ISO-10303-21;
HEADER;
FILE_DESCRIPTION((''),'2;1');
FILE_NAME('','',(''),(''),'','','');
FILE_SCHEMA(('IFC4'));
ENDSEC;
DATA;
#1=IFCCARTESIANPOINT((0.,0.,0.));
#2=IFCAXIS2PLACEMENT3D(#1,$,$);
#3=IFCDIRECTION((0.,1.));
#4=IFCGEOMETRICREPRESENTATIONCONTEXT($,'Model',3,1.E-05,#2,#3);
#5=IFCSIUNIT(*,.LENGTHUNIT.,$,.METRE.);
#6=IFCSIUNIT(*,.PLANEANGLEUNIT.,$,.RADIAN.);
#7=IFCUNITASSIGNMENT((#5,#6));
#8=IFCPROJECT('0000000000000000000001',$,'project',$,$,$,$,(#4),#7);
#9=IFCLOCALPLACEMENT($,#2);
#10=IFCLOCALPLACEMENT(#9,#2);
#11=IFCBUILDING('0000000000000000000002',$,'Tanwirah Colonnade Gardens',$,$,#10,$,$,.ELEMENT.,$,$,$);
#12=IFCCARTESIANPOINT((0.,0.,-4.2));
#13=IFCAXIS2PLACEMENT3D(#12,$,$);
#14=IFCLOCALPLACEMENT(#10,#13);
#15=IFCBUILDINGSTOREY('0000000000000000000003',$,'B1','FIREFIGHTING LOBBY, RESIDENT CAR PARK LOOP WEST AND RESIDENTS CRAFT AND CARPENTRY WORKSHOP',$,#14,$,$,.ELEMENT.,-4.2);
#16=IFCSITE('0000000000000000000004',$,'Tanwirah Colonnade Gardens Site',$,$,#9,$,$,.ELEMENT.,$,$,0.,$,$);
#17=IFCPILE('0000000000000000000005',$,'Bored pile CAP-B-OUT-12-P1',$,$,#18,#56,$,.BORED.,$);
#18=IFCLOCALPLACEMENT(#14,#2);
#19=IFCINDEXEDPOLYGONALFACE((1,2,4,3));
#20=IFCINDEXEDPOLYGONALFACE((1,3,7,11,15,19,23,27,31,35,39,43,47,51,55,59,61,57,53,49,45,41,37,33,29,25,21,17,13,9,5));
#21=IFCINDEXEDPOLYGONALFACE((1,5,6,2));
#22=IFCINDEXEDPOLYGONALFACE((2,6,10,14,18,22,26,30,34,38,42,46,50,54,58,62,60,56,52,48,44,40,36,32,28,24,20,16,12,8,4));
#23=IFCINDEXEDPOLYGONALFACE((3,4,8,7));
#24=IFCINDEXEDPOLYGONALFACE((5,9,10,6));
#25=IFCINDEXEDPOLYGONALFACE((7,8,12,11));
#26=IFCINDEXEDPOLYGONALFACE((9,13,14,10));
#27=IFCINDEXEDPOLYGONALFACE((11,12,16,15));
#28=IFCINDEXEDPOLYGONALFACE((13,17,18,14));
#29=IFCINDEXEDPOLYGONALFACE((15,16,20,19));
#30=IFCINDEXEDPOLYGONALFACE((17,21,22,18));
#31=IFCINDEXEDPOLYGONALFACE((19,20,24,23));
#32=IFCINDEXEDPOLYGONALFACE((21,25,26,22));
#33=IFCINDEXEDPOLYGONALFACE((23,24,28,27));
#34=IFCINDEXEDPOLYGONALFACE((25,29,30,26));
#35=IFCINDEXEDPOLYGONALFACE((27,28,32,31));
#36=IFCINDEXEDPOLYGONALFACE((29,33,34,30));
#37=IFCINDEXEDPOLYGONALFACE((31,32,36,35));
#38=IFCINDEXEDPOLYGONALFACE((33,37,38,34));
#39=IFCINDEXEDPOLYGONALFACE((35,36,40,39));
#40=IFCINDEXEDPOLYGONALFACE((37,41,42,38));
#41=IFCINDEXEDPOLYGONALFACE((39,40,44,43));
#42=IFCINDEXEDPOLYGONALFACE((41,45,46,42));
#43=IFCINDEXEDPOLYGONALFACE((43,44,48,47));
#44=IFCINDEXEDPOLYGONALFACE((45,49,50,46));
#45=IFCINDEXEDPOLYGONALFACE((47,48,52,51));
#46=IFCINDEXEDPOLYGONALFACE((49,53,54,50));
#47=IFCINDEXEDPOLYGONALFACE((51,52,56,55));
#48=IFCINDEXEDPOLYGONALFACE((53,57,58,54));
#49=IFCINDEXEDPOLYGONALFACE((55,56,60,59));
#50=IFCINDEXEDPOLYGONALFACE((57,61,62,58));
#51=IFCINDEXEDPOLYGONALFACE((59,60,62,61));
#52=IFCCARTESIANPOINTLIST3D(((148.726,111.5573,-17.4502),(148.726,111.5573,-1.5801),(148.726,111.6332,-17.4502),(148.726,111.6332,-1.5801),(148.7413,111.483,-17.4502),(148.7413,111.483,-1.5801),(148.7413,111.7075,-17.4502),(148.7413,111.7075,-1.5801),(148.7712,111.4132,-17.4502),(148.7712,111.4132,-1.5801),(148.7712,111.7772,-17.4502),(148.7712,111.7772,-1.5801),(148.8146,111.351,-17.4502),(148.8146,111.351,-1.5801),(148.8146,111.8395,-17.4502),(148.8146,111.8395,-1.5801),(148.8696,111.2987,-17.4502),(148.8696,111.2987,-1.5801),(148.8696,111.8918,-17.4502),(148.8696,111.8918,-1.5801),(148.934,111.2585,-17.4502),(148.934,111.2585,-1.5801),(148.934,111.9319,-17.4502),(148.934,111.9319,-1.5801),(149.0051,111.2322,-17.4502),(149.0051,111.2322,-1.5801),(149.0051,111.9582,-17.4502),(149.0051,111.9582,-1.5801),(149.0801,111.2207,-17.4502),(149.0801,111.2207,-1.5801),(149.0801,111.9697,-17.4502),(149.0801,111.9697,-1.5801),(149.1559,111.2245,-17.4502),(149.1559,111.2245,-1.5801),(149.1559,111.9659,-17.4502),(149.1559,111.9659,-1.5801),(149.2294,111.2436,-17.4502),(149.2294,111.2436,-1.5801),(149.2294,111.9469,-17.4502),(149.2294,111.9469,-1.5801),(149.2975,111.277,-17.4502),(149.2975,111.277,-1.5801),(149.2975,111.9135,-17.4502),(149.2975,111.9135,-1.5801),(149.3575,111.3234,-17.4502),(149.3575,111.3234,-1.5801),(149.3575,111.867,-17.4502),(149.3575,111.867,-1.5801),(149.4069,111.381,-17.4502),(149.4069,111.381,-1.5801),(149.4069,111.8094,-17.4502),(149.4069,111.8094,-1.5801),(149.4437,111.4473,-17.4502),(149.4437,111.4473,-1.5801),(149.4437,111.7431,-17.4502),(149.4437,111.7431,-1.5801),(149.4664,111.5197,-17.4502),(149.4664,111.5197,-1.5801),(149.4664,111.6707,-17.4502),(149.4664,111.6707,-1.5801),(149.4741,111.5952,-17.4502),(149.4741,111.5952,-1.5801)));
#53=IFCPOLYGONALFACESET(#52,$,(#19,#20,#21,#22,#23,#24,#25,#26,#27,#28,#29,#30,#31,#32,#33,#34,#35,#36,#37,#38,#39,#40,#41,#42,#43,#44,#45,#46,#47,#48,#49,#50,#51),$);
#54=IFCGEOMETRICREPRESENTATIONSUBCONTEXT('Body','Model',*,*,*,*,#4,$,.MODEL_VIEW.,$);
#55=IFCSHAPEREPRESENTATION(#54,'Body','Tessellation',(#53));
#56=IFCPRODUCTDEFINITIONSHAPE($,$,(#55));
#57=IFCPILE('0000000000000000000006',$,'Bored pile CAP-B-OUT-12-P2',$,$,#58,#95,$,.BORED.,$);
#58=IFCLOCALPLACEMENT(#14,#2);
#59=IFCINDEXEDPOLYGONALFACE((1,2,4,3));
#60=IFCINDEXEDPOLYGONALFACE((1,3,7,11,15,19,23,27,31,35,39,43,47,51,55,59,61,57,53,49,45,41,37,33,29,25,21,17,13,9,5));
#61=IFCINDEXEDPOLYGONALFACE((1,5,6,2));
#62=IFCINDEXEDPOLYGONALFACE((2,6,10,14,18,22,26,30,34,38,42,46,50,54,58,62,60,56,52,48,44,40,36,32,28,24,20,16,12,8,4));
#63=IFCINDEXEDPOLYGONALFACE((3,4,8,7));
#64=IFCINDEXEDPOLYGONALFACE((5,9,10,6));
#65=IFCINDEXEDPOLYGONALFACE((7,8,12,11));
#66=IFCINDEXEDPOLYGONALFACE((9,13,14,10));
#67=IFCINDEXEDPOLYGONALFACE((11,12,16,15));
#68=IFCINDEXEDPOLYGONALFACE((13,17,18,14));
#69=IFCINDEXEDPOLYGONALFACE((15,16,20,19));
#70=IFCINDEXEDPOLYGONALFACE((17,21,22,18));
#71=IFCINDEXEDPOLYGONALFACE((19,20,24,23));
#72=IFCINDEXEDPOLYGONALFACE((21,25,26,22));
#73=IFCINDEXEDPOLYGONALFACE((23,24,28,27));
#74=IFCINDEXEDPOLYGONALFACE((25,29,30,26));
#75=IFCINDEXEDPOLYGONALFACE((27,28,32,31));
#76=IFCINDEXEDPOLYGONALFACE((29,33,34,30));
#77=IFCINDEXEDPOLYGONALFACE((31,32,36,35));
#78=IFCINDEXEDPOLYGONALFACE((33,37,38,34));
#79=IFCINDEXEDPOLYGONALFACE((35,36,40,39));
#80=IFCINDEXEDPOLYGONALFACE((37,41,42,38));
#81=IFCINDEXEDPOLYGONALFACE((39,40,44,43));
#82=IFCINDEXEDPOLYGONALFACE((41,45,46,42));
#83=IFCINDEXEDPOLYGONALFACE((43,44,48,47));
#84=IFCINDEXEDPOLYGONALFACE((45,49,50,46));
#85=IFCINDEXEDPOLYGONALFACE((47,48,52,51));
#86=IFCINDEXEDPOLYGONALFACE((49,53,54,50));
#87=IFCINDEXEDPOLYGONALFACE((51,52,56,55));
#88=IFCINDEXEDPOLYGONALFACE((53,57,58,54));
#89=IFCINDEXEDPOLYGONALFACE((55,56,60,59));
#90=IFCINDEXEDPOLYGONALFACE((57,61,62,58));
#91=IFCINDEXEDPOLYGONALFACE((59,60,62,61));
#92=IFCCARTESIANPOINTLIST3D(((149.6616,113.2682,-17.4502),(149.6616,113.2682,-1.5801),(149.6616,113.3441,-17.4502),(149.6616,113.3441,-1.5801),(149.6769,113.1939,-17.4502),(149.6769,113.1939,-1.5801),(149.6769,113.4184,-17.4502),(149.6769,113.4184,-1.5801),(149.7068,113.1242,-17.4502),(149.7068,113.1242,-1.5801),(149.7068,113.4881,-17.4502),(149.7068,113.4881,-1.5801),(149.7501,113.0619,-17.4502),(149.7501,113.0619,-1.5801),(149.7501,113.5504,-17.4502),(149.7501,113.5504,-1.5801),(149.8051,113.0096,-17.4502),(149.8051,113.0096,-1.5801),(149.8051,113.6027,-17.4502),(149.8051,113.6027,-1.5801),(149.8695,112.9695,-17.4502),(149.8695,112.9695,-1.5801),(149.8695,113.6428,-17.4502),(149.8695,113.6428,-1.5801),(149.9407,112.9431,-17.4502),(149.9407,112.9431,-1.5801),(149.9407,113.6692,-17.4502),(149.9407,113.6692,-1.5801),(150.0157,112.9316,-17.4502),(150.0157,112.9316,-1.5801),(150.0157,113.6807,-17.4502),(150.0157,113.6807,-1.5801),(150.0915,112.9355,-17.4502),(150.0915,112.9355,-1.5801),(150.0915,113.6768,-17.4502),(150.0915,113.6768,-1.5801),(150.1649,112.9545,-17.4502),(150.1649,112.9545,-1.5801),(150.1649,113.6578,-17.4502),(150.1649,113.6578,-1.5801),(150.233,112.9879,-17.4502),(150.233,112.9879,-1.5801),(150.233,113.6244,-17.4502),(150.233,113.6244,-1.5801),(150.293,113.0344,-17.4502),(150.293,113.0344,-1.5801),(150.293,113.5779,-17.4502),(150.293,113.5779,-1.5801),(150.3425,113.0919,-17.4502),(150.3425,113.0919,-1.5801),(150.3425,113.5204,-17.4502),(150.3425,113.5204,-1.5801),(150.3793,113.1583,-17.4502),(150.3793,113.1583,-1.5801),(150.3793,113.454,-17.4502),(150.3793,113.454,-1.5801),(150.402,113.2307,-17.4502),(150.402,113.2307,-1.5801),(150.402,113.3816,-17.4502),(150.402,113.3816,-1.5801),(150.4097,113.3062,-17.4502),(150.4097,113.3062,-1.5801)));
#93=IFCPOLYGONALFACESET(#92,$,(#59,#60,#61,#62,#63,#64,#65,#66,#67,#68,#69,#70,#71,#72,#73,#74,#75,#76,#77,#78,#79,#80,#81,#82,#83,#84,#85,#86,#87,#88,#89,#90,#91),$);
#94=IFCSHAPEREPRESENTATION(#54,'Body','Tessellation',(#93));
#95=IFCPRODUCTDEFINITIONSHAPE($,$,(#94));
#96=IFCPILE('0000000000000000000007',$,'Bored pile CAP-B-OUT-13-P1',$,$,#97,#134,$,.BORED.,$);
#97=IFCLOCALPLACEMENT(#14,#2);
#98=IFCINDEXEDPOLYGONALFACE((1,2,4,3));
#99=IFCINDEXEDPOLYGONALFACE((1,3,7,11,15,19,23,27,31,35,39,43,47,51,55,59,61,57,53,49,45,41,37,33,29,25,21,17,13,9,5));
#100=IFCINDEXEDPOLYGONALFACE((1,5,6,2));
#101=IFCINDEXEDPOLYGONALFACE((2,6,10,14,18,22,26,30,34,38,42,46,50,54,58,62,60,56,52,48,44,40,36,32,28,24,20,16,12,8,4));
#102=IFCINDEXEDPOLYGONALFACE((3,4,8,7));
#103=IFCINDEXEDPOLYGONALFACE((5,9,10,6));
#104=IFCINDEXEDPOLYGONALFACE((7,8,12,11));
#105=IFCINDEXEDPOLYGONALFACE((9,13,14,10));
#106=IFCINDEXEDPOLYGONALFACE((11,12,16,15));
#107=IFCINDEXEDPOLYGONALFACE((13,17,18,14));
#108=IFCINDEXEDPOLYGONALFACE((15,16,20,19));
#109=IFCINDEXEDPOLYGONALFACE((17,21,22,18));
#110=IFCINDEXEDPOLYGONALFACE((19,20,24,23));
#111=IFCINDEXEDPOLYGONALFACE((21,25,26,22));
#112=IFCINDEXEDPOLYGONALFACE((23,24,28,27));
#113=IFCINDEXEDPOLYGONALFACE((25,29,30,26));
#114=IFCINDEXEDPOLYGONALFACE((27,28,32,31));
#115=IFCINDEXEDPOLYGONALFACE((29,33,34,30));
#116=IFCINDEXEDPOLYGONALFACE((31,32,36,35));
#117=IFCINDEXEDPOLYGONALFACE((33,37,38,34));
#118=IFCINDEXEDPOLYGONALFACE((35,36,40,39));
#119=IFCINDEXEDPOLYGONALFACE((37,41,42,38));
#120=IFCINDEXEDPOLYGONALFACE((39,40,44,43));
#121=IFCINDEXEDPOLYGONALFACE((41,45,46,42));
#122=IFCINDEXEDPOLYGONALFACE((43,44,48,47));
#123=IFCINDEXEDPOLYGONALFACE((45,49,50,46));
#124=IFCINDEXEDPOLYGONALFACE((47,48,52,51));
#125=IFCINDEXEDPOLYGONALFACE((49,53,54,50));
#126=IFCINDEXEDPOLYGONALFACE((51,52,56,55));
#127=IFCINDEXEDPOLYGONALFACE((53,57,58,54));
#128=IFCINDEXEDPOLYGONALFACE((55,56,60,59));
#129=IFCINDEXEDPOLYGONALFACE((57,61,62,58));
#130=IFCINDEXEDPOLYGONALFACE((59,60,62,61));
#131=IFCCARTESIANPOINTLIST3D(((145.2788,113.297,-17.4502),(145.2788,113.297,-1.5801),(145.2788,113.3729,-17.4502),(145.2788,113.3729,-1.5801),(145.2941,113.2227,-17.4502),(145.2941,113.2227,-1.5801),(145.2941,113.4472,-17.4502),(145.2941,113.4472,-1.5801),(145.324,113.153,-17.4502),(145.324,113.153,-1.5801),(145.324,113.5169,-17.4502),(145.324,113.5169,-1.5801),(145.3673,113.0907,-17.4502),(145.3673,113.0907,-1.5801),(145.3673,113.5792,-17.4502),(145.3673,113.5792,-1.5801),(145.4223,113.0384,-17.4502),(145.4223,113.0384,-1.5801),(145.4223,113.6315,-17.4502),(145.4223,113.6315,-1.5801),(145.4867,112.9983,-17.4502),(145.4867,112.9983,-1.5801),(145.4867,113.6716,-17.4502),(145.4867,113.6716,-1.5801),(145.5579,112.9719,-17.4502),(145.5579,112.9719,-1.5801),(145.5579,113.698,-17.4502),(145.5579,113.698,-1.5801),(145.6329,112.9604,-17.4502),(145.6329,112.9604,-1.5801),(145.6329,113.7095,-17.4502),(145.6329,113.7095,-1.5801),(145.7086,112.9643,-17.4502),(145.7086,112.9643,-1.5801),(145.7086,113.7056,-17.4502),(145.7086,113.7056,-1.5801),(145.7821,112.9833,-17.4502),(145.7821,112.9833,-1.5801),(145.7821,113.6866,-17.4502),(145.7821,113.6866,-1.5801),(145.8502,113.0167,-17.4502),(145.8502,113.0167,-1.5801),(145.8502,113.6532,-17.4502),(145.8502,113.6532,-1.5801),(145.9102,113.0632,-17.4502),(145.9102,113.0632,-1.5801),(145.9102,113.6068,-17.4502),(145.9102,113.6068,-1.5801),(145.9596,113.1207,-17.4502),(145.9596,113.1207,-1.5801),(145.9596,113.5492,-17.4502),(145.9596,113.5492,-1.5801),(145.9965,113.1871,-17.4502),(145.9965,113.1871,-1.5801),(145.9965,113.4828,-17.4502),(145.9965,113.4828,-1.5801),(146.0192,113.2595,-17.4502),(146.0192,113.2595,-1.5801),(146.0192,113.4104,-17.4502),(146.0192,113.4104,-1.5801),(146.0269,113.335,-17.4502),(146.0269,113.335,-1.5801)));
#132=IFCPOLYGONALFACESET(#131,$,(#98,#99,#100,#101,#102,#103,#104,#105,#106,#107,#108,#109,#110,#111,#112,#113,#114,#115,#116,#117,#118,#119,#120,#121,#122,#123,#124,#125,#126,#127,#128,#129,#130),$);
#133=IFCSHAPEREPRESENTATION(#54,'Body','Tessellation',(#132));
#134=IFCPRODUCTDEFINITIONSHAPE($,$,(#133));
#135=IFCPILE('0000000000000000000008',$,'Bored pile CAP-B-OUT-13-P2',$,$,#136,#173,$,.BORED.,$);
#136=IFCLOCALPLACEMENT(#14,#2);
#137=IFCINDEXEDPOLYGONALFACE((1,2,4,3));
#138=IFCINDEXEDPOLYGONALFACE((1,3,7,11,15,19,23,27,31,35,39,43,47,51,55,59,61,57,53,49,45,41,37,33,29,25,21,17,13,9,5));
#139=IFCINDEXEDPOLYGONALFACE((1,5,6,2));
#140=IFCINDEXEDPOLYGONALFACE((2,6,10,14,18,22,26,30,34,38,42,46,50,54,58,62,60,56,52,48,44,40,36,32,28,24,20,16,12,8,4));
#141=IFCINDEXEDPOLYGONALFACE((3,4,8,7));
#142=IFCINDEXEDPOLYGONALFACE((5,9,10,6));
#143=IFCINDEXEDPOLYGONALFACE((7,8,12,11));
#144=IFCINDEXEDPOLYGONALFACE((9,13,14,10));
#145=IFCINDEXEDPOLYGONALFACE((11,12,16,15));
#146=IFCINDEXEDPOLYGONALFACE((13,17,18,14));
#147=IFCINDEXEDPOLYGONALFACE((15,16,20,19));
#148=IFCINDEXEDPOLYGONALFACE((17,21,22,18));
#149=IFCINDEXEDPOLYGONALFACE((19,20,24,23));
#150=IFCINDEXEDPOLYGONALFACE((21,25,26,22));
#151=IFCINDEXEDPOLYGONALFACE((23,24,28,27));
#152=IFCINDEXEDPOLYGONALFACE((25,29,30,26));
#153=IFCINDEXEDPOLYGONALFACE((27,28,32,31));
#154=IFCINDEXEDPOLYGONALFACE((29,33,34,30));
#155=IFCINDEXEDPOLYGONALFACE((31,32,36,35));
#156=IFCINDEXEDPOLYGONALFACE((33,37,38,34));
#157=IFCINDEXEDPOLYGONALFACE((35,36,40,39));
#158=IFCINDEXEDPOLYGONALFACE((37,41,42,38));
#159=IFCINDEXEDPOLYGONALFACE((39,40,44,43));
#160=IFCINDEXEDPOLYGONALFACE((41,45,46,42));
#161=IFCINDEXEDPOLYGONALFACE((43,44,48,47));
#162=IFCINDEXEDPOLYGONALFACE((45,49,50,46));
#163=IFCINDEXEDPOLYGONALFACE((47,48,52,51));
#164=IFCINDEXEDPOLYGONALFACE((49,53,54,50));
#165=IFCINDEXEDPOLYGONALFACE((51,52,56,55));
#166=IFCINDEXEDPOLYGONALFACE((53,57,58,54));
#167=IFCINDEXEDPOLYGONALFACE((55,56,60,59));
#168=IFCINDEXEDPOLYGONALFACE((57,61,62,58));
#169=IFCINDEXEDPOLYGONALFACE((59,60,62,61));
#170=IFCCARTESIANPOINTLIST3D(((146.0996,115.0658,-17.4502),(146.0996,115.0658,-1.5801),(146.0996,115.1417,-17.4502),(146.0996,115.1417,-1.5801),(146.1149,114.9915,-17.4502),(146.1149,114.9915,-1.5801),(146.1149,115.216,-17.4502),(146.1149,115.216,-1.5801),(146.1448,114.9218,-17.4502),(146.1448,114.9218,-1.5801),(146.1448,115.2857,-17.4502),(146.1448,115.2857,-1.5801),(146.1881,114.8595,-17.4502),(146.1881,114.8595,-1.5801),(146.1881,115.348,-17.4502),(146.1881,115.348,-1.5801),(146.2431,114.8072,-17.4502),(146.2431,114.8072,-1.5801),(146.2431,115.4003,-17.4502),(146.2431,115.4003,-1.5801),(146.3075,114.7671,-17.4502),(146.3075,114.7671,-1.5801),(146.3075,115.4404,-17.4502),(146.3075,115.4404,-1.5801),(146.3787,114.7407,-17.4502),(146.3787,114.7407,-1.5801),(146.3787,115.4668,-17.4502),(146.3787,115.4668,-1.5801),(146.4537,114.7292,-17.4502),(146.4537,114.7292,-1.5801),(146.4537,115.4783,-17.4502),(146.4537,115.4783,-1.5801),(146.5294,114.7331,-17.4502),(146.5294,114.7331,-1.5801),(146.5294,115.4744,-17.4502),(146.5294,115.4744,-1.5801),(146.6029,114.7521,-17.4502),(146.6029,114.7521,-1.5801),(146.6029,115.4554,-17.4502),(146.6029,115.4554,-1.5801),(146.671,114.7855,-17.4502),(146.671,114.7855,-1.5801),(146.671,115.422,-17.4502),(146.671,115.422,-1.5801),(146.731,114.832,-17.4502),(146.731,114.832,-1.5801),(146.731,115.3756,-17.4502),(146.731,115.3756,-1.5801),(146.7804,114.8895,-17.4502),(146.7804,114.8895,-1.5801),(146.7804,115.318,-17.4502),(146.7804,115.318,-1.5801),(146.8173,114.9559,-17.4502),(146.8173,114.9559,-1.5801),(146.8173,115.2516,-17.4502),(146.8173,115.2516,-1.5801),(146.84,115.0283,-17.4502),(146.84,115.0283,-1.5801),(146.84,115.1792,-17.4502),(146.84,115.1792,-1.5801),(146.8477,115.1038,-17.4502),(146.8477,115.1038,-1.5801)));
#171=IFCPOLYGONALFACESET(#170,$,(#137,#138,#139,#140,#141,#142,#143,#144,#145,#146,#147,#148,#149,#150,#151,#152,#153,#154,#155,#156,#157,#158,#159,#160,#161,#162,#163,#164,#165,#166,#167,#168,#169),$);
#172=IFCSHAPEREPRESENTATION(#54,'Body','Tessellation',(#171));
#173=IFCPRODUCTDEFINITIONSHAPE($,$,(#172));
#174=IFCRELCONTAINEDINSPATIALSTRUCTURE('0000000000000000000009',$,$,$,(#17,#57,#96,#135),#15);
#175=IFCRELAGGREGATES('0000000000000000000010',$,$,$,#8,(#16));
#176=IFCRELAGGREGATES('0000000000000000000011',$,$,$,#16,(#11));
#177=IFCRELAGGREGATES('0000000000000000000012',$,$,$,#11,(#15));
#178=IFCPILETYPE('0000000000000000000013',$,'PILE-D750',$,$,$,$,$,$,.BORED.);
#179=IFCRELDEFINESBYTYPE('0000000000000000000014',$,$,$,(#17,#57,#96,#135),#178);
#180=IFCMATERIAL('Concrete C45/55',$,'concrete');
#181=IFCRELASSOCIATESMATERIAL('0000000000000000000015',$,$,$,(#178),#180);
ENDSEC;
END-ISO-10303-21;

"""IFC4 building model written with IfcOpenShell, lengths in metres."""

from ifc_helpers import new_model, si_unit, direction, frame, origin, origin_2d, place, context, subcontext, project, spatial, circle, extrude, material, material_profile, profile_set, type_object, element, save


model = new_model("IFC4")

# Units and contexts
model_context = context("Model", 3, precision=1e-05, world=origin(), true_north=direction((0.0, 1.0)))
body_context = subcontext(model_context, "Body", "Model", "MODEL_VIEW")
ifc_project = project(units=[si_unit("LENGTHUNIT", "METRE"), si_unit("PLANEANGLEUNIT", "RADIAN")], contexts=[model_context])

# Site, building, storey
site_placement = place(None, origin())
site = spatial("IfcSite", under=ifc_project, at=site_placement, Name="Tanwirah Colonnade Gardens Site", CompositionType="ELEMENT", RefElevation=0.0)
building_placement = place(site_placement, origin())
building = spatial("IfcBuilding", under=site, at=building_placement, Name="Tanwirah Colonnade Gardens", CompositionType="ELEMENT")
storey_placement = place(building_placement, frame((0.0, 0.0, -4.2)))
storey = spatial("IfcBuildingStorey", under=building, at=storey_placement, Name="B1", Description="FIREFIGHTING LOBBY, RESIDENT CAR PARK LOOP WEST AND RESIDENTS CRAFT AND CARPENTRY WORKSHOP", CompositionType="ELEMENT", Elevation=-4.2)

# Shared definitions
ifc_material_1 = material(Name="Concrete C45/55", Category="concrete")

# Piles
ifc_material_profile_1 = material_profile(ifc_material_1, circle(Radius=0.375, at=origin_2d()), Name="PILE D750")
ifc_profile_set_1 = profile_set([ifc_material_profile_1], Name="Concrete C45/55")
pile_type_1 = type_object("IfcPileType", Name="PILE-D750", PredefinedType="BORED", material=ifc_profile_set_1)
for number, where, z_axis, x_axis, name in (
    (1, (149.0991, 111.5952, -1.5801), (0.0, 0.0, -1.0), (1.0, 0.0, 0.0), "Bored pile CAP-B-OUT-12-P1"),
    (2, (150.0347, 113.3062, -1.5801), (0.0, 0.0, -1.0), (1.0, 0.0, 0.0), "Bored pile CAP-B-OUT-12-P2"),
    (3, (145.6519, 113.335, -1.5801), (0.0, 0.0, -1.0), (1.0, 0.0, 0.0), "Bored pile CAP-B-OUT-13-P1"),
    (4, (146.4727, 115.1038, -1.5801), (0.0, 0.0, -1.0), (1.0, 0.0, 0.0), "Bored pile CAP-B-OUT-13-P2"),
):
    element("IfcPile", number, at=place(storey_placement, frame(where, z_axis=z_axis, x_axis=x_axis)), inside=storey, type_object=pile_type_1, Name=name, PredefinedType="BORED", context=body_context, shape_type="SweptSolid", body=[
        extrude(circle(Radius=0.375, at=origin_2d()), origin(), (0.0, 0.0, 1.0), 15.8701),
    ])

save(model, "model.ifc")
